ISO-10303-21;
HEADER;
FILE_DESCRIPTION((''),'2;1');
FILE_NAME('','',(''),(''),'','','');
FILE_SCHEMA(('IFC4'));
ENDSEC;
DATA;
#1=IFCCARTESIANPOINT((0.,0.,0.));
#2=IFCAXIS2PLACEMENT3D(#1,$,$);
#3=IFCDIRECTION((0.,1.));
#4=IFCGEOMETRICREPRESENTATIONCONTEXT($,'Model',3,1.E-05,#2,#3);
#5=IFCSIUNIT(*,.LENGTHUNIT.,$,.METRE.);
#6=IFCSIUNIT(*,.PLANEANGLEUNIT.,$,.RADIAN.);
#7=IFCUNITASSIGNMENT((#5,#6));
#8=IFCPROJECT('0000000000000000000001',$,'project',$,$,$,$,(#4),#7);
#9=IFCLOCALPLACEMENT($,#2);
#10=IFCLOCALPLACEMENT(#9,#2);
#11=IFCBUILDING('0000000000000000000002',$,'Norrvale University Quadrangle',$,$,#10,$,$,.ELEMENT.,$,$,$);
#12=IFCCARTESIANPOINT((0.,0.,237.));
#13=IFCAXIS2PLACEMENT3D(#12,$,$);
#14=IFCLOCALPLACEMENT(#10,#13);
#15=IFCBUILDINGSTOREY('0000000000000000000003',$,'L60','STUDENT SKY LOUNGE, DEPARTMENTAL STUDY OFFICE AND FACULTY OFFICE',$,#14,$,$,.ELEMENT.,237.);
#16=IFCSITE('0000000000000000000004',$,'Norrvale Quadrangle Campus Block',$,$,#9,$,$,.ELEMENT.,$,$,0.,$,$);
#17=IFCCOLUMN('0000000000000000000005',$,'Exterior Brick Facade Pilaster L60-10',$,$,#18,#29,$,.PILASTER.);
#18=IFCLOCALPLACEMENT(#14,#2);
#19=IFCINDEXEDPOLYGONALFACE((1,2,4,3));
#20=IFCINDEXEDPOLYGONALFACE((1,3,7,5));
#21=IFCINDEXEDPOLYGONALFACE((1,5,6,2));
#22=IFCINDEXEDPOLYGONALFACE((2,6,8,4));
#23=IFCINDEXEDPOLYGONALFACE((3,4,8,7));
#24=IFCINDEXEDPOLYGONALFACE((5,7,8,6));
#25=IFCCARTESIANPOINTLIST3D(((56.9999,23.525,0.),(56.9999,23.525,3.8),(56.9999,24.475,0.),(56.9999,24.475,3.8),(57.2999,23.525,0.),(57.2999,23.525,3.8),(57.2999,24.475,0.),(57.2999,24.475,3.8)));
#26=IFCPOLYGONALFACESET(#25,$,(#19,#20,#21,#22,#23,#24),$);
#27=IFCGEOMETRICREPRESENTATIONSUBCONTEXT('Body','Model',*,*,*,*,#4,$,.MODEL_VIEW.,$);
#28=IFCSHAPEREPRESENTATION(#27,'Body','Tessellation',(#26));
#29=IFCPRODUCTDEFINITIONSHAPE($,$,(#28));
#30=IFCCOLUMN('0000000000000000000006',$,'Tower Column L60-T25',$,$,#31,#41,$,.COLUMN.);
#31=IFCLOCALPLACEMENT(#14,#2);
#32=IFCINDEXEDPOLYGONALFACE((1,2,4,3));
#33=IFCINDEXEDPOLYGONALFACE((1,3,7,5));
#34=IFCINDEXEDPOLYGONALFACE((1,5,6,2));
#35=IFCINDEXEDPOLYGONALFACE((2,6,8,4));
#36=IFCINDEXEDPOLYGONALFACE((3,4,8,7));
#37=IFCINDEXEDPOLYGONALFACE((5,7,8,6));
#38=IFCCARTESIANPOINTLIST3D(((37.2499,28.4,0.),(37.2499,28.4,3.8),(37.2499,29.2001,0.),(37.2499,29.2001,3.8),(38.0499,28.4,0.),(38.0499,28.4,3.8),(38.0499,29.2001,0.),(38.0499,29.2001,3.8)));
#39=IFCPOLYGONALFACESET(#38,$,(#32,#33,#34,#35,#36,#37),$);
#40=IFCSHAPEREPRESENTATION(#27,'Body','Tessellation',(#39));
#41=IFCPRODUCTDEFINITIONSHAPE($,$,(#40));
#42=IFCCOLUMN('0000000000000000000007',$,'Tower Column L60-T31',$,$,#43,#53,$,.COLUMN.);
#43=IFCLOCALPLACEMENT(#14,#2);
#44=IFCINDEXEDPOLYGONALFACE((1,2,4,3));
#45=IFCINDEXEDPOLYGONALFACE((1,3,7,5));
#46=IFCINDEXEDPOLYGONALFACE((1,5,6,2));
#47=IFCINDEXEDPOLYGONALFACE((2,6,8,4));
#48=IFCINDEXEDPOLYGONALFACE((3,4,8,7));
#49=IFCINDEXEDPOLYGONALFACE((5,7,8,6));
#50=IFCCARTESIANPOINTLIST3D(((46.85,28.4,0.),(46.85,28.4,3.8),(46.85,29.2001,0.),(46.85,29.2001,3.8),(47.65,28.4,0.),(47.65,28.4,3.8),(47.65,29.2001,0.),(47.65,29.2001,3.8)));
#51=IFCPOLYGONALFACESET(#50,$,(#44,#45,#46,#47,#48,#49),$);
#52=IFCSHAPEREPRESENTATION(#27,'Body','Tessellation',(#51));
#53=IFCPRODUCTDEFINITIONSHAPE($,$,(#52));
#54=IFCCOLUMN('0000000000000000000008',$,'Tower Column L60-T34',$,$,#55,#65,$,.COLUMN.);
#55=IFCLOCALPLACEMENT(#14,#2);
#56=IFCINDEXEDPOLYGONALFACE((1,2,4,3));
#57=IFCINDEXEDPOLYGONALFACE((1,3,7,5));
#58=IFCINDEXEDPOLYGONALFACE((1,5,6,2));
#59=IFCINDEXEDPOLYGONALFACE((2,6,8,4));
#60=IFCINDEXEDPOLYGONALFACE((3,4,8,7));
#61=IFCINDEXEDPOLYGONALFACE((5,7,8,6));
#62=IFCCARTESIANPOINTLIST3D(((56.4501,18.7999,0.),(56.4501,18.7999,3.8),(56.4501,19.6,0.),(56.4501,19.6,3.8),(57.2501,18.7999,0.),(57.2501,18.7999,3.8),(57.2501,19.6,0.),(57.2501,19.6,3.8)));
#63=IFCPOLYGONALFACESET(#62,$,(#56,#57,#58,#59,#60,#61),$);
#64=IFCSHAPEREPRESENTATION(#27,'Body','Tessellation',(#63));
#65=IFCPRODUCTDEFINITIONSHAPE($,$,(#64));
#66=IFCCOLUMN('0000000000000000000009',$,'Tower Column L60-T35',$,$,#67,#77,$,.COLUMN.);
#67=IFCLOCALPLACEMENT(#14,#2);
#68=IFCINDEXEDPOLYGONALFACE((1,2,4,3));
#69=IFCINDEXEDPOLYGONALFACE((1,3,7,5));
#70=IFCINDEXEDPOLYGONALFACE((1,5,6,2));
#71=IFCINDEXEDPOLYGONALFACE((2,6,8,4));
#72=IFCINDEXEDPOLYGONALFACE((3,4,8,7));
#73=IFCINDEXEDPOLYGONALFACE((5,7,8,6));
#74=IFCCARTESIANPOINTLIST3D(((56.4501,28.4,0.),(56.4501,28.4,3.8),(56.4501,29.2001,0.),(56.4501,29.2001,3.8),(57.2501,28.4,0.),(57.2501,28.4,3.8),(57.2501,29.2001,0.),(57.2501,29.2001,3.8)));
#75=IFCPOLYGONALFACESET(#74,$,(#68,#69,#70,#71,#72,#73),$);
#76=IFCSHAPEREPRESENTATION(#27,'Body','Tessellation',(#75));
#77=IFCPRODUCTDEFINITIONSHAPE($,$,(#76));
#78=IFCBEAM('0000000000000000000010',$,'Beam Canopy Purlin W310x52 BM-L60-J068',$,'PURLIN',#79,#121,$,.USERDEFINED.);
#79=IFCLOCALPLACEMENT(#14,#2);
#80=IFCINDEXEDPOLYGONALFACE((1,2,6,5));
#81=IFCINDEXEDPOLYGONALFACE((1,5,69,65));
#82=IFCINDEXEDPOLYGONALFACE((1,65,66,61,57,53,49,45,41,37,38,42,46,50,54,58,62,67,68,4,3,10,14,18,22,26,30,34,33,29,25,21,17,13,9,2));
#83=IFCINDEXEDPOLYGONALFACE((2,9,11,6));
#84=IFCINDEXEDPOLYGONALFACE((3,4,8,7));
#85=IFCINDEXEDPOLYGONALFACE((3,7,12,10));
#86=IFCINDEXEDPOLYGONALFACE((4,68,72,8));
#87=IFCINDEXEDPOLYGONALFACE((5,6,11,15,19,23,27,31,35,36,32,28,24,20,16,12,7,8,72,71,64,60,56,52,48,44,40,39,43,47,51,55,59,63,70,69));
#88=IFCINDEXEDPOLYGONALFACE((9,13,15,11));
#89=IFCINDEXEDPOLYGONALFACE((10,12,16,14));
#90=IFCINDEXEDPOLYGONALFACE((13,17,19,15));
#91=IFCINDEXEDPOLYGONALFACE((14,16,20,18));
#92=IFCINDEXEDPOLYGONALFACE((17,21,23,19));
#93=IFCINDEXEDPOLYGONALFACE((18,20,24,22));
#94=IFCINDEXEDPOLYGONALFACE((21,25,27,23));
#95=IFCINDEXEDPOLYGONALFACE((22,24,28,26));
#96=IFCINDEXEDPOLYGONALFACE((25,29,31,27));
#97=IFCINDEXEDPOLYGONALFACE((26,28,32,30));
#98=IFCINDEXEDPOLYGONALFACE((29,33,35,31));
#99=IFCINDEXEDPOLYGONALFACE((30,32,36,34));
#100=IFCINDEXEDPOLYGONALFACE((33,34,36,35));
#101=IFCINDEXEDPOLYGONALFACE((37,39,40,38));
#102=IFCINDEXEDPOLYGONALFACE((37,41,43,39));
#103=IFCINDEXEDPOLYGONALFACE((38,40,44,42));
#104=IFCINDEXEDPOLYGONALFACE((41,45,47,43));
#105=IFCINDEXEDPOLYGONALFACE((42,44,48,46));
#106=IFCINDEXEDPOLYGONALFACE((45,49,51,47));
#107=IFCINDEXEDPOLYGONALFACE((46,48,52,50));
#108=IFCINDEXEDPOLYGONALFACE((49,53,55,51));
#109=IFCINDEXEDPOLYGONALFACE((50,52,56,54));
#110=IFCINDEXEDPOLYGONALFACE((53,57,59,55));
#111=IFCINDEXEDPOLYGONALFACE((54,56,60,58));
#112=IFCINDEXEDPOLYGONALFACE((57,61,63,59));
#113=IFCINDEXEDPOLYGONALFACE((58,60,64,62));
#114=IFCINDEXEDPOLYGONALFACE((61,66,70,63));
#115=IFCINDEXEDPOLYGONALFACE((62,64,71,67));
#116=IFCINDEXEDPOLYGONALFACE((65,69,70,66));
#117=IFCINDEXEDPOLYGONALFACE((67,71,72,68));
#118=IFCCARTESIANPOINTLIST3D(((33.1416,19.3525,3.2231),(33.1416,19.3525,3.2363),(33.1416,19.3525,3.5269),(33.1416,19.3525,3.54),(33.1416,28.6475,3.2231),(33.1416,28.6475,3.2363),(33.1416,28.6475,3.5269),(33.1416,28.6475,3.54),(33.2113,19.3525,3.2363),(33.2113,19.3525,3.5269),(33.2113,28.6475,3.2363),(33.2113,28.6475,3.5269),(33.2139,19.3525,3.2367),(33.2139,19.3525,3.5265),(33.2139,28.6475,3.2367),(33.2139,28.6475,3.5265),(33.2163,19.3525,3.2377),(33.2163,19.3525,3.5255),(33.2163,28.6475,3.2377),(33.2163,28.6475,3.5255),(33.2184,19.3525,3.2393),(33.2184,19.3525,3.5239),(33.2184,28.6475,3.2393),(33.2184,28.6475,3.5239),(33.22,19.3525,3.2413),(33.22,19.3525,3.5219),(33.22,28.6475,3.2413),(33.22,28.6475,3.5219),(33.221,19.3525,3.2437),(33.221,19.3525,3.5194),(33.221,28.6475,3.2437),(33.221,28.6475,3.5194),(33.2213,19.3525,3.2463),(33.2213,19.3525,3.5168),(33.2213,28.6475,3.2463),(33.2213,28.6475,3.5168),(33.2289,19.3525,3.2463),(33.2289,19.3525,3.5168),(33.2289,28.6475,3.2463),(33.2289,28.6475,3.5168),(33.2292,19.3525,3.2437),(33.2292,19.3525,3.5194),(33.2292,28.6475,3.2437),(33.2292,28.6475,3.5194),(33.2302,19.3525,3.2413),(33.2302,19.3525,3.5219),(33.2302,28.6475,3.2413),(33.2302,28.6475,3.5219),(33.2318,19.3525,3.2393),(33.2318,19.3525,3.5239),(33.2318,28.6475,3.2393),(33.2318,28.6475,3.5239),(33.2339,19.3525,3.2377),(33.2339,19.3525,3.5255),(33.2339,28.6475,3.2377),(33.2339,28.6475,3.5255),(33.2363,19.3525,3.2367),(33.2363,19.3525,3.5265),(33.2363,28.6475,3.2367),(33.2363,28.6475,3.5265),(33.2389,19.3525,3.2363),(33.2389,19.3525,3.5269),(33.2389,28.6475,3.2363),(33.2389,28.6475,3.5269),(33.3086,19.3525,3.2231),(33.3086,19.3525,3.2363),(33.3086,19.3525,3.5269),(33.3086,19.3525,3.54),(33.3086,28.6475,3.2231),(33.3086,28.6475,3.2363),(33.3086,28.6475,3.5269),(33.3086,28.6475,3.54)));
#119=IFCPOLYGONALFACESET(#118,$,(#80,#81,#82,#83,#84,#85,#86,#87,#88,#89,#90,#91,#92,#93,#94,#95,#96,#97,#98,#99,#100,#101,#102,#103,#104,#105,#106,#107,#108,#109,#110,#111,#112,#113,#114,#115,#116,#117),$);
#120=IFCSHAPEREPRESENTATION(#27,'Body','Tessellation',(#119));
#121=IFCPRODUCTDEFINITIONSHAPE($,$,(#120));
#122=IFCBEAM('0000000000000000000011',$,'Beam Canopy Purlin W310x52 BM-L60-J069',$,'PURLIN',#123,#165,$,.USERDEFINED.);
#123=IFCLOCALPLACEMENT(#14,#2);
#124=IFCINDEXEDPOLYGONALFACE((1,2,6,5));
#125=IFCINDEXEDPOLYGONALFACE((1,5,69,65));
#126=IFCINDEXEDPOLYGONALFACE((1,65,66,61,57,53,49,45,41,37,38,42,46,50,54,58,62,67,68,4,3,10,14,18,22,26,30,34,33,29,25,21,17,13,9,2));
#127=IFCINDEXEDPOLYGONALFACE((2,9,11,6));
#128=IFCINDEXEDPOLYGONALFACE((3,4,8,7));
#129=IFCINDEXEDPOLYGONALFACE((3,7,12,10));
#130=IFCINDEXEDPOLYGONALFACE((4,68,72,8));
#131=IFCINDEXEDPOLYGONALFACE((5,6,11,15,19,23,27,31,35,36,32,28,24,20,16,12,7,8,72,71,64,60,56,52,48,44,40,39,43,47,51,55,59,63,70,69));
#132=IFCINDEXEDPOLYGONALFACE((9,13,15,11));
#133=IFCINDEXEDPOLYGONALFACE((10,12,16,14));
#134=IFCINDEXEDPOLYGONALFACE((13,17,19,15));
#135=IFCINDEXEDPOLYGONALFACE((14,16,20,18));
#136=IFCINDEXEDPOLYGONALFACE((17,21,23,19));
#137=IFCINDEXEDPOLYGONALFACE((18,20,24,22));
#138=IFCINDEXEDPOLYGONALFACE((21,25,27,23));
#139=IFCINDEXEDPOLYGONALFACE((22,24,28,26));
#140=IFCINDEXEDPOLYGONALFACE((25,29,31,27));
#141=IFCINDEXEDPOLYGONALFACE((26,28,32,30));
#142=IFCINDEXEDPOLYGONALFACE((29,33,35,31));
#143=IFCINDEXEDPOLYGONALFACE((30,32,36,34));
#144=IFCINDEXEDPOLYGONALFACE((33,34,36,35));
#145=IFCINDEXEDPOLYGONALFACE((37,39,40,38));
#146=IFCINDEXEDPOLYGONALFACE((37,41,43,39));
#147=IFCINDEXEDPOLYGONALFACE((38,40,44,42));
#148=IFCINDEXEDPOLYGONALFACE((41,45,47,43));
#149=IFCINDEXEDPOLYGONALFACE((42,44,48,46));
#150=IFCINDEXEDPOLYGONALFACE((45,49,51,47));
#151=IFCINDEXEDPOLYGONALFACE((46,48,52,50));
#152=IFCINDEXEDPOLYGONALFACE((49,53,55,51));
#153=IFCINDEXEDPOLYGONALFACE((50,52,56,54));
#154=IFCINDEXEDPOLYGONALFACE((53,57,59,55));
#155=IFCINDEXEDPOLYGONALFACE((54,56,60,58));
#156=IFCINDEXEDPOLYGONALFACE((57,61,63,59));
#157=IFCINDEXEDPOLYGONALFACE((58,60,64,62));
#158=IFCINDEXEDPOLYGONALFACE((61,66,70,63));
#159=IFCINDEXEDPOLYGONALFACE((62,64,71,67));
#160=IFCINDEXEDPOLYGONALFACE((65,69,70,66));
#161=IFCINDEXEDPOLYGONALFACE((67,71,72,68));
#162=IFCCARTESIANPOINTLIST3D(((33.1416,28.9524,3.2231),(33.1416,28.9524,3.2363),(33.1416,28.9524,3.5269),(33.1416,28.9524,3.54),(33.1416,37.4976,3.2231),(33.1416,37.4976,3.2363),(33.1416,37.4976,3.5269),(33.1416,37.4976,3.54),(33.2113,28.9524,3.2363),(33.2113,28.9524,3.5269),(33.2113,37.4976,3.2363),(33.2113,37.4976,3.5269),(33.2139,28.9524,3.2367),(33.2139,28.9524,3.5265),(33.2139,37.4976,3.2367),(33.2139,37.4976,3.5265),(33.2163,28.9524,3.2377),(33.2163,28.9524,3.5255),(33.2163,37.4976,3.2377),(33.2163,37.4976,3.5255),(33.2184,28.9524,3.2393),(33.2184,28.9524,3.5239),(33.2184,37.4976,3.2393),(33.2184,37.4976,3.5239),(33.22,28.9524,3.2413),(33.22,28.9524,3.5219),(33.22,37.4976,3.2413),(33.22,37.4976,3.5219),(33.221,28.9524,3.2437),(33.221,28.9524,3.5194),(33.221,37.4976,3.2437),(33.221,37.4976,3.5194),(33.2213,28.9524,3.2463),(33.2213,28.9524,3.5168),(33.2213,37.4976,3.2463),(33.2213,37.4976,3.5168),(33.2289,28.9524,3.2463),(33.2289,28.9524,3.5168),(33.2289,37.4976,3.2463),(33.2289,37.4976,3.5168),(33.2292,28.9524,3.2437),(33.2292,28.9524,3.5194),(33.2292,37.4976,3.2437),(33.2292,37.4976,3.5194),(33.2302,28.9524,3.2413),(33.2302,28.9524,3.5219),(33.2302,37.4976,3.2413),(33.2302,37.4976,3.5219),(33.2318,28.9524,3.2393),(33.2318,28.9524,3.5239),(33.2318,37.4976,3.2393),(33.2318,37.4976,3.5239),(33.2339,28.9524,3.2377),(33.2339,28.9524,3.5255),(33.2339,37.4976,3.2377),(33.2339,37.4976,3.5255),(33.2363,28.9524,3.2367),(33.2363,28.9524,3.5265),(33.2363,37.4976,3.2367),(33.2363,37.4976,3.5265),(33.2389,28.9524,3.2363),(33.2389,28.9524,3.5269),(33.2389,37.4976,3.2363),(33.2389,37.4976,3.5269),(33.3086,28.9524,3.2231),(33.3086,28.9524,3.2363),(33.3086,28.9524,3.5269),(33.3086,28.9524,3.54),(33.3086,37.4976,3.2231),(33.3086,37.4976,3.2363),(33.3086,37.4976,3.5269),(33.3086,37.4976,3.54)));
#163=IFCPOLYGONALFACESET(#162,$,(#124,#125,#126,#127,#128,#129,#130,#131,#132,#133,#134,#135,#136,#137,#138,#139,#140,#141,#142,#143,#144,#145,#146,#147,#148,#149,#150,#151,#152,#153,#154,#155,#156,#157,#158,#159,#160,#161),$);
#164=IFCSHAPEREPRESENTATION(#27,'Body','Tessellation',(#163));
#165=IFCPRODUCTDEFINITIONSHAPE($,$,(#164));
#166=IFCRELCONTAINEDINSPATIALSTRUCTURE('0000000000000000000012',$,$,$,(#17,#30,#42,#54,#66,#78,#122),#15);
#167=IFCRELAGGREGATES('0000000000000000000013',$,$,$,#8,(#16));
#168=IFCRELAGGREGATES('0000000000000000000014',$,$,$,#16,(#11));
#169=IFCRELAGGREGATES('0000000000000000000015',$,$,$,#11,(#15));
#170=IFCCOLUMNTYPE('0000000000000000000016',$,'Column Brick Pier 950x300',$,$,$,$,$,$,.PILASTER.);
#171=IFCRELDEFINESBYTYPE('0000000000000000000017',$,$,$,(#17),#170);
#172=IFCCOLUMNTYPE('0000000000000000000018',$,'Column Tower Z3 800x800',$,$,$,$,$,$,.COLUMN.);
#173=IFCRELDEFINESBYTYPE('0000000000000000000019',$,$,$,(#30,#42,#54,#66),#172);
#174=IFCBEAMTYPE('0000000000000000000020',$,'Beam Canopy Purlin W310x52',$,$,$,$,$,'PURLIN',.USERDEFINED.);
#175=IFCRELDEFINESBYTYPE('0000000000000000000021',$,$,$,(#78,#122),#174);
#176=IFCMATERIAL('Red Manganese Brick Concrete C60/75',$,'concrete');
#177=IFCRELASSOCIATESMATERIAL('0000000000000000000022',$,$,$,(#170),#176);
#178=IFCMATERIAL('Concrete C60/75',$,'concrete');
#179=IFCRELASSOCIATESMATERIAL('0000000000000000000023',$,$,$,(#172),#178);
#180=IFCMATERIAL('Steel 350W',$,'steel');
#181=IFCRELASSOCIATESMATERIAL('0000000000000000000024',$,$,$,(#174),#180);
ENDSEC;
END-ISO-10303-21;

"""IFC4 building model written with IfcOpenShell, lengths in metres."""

from ifc_helpers import new_model, si_unit, direction, frame, origin, origin_2d, place, context, subcontext, project, spatial, rectangle, i_section, extrude, material, material_profile, profile_set, type_object, element, save


model = new_model("IFC4")

# Units and contexts
model_context = context("Model", 3, precision=1e-05, world=origin(), true_north=direction((0.0, 1.0)))
body_context = subcontext(model_context, "Body", "Model", "MODEL_VIEW")
ifc_project = project(units=[si_unit("LENGTHUNIT", "METRE"), si_unit("PLANEANGLEUNIT", "RADIAN")], contexts=[model_context])

# Site, building, storey
site_placement = place(None, origin())
site = spatial("IfcSite", under=ifc_project, at=site_placement, Name="Norrvale Quadrangle Campus Block", CompositionType="ELEMENT", RefElevation=0.0)
building_placement = place(site_placement, origin())
building = spatial("IfcBuilding", under=site, at=building_placement, Name="Norrvale University Quadrangle", CompositionType="ELEMENT")
storey_placement = place(building_placement, frame((0.0, 0.0, 237.0)))
storey = spatial("IfcBuildingStorey", under=building, at=storey_placement, Name="L60", Description="STUDENT SKY LOUNGE, DEPARTMENTAL STUDY OFFICE AND FACULTY OFFICE", CompositionType="ELEMENT", Elevation=237.0)

# Columns
ifc_material_1 = material(Name="Red Manganese Brick Concrete C60/75", Category="concrete")
ifc_material_profile_1 = material_profile(ifc_material_1, rectangle(XDim=0.95, YDim=0.3, at=origin_2d()), Name="Red Manganese Brick Concrete C60/75")
ifc_profile_set_1 = profile_set([ifc_material_profile_1], Name="Red Manganese Brick Concrete C60/75")
column_type_1 = type_object("IfcColumnType", Name="Column Brick Pier 950x300", PredefinedType="PILASTER", material=ifc_profile_set_1)
column_placement = place(storey_placement, frame((57.1499, 24.0, 0.0), z_axis=(0.0, 0.0, 1.0), x_axis=(0.0, 1.0, 0.0)))
element("IfcColumn", 1, at=column_placement, inside=storey, type_object=column_type_1, Name="Exterior Brick Facade Pilaster L60-10", PredefinedType="PILASTER", context=body_context, shape_type="SweptSolid", body=[
    extrude(rectangle(XDim=0.95, YDim=0.3, at=origin_2d()), origin(), (0.0, 0.0, 1.0), 3.8),
])
ifc_material_2 = material(Name="Concrete C60/75", Category="concrete")
ifc_material_profile_2 = material_profile(ifc_material_2, rectangle(XDim=0.8, YDim=0.8, at=origin_2d()), Name="Concrete C60/75")
ifc_profile_set_2 = profile_set([ifc_material_profile_2], Name="Concrete C60/75")
column_type_2 = type_object("IfcColumnType", Name="Column Tower Z3 800x800", PredefinedType="COLUMN", material=ifc_profile_set_2)
for number, where, z_axis, x_axis, name in (
    (2, (37.6499, 28.8, 0.0), (0.0, 0.0, 1.0), (1.0, 0.0, 0.0), "Tower Column L60-T25"),
    (3, (47.25, 28.8, 0.0), (0.0, 0.0, 1.0), (1.0, 0.0, 0.0), "Tower Column L60-T31"),
    (4, (56.8501, 19.2, 0.0), (0.0, 0.0, 1.0), (1.0, 0.0, 0.0), "Tower Column L60-T34"),
    (5, (56.8501, 28.8, 0.0), (0.0, 0.0, 1.0), (1.0, 0.0, 0.0), "Tower Column L60-T35"),
):
    element("IfcColumn", number, at=place(storey_placement, frame(where, z_axis=z_axis, x_axis=x_axis)), inside=storey, type_object=column_type_2, Name=name, PredefinedType="COLUMN", context=body_context, shape_type="SweptSolid", body=[
        extrude(rectangle(XDim=0.8, YDim=0.8, at=origin_2d()), origin(), (0.0, 0.0, 1.0), 3.8),
    ])

# Beams
ifc_material_3 = material(Name="Steel 350W", Category="steel")
ifc_material_profile_3 = material_profile(ifc_material_3, i_section(OverallWidth=0.167, OverallDepth=0.3169, WebThickness=0.0076, FlangeThickness=0.0132, FilletRadius=0.01, at=origin_2d()), Name="Steel 350W")
ifc_profile_set_3 = profile_set([ifc_material_profile_3], Name="Steel 350W")
beam_type_1 = type_object("IfcBeamType", Name="Beam Canopy Purlin W310x52", ElementType="PURLIN", PredefinedType="USERDEFINED", material=ifc_profile_set_3)
beam_1_placement = place(storey_placement, frame((33.2251, 19.3525, 3.3816), z_axis=(0.0, 1.0, 0.0), x_axis=(-1.0, 0.0, 0.0)))
element("IfcBeam", 6, at=beam_1_placement, inside=storey, type_object=beam_type_1, Name="Beam Canopy Purlin W310x52 BM-L60-J068", ObjectType="PURLIN", PredefinedType="USERDEFINED", context=body_context, shape_type="SweptSolid", body=[
    extrude(i_section(OverallWidth=0.167, OverallDepth=0.3169, WebThickness=0.0076, FlangeThickness=0.0132, FilletRadius=0.01, at=origin_2d()), origin(), (0.0, 0.0, 1.0), 9.2949),
])
beam_2_placement = place(storey_placement, frame((33.2251, 28.9524, 3.3816), z_axis=(0.0, 1.0, 0.0), x_axis=(-1.0, 0.0, 0.0)))
element("IfcBeam", 7, at=beam_2_placement, inside=storey, type_object=beam_type_1, Name="Beam Canopy Purlin W310x52 BM-L60-J069", ObjectType="PURLIN", PredefinedType="USERDEFINED", context=body_context, shape_type="SweptSolid", body=[
    extrude(i_section(OverallWidth=0.167, OverallDepth=0.3169, WebThickness=0.0076, FlangeThickness=0.0132, FilletRadius=0.01, at=origin_2d()), origin(), (0.0, 0.0, 1.0), 8.5452),
])

save(model, "model.ifc")
